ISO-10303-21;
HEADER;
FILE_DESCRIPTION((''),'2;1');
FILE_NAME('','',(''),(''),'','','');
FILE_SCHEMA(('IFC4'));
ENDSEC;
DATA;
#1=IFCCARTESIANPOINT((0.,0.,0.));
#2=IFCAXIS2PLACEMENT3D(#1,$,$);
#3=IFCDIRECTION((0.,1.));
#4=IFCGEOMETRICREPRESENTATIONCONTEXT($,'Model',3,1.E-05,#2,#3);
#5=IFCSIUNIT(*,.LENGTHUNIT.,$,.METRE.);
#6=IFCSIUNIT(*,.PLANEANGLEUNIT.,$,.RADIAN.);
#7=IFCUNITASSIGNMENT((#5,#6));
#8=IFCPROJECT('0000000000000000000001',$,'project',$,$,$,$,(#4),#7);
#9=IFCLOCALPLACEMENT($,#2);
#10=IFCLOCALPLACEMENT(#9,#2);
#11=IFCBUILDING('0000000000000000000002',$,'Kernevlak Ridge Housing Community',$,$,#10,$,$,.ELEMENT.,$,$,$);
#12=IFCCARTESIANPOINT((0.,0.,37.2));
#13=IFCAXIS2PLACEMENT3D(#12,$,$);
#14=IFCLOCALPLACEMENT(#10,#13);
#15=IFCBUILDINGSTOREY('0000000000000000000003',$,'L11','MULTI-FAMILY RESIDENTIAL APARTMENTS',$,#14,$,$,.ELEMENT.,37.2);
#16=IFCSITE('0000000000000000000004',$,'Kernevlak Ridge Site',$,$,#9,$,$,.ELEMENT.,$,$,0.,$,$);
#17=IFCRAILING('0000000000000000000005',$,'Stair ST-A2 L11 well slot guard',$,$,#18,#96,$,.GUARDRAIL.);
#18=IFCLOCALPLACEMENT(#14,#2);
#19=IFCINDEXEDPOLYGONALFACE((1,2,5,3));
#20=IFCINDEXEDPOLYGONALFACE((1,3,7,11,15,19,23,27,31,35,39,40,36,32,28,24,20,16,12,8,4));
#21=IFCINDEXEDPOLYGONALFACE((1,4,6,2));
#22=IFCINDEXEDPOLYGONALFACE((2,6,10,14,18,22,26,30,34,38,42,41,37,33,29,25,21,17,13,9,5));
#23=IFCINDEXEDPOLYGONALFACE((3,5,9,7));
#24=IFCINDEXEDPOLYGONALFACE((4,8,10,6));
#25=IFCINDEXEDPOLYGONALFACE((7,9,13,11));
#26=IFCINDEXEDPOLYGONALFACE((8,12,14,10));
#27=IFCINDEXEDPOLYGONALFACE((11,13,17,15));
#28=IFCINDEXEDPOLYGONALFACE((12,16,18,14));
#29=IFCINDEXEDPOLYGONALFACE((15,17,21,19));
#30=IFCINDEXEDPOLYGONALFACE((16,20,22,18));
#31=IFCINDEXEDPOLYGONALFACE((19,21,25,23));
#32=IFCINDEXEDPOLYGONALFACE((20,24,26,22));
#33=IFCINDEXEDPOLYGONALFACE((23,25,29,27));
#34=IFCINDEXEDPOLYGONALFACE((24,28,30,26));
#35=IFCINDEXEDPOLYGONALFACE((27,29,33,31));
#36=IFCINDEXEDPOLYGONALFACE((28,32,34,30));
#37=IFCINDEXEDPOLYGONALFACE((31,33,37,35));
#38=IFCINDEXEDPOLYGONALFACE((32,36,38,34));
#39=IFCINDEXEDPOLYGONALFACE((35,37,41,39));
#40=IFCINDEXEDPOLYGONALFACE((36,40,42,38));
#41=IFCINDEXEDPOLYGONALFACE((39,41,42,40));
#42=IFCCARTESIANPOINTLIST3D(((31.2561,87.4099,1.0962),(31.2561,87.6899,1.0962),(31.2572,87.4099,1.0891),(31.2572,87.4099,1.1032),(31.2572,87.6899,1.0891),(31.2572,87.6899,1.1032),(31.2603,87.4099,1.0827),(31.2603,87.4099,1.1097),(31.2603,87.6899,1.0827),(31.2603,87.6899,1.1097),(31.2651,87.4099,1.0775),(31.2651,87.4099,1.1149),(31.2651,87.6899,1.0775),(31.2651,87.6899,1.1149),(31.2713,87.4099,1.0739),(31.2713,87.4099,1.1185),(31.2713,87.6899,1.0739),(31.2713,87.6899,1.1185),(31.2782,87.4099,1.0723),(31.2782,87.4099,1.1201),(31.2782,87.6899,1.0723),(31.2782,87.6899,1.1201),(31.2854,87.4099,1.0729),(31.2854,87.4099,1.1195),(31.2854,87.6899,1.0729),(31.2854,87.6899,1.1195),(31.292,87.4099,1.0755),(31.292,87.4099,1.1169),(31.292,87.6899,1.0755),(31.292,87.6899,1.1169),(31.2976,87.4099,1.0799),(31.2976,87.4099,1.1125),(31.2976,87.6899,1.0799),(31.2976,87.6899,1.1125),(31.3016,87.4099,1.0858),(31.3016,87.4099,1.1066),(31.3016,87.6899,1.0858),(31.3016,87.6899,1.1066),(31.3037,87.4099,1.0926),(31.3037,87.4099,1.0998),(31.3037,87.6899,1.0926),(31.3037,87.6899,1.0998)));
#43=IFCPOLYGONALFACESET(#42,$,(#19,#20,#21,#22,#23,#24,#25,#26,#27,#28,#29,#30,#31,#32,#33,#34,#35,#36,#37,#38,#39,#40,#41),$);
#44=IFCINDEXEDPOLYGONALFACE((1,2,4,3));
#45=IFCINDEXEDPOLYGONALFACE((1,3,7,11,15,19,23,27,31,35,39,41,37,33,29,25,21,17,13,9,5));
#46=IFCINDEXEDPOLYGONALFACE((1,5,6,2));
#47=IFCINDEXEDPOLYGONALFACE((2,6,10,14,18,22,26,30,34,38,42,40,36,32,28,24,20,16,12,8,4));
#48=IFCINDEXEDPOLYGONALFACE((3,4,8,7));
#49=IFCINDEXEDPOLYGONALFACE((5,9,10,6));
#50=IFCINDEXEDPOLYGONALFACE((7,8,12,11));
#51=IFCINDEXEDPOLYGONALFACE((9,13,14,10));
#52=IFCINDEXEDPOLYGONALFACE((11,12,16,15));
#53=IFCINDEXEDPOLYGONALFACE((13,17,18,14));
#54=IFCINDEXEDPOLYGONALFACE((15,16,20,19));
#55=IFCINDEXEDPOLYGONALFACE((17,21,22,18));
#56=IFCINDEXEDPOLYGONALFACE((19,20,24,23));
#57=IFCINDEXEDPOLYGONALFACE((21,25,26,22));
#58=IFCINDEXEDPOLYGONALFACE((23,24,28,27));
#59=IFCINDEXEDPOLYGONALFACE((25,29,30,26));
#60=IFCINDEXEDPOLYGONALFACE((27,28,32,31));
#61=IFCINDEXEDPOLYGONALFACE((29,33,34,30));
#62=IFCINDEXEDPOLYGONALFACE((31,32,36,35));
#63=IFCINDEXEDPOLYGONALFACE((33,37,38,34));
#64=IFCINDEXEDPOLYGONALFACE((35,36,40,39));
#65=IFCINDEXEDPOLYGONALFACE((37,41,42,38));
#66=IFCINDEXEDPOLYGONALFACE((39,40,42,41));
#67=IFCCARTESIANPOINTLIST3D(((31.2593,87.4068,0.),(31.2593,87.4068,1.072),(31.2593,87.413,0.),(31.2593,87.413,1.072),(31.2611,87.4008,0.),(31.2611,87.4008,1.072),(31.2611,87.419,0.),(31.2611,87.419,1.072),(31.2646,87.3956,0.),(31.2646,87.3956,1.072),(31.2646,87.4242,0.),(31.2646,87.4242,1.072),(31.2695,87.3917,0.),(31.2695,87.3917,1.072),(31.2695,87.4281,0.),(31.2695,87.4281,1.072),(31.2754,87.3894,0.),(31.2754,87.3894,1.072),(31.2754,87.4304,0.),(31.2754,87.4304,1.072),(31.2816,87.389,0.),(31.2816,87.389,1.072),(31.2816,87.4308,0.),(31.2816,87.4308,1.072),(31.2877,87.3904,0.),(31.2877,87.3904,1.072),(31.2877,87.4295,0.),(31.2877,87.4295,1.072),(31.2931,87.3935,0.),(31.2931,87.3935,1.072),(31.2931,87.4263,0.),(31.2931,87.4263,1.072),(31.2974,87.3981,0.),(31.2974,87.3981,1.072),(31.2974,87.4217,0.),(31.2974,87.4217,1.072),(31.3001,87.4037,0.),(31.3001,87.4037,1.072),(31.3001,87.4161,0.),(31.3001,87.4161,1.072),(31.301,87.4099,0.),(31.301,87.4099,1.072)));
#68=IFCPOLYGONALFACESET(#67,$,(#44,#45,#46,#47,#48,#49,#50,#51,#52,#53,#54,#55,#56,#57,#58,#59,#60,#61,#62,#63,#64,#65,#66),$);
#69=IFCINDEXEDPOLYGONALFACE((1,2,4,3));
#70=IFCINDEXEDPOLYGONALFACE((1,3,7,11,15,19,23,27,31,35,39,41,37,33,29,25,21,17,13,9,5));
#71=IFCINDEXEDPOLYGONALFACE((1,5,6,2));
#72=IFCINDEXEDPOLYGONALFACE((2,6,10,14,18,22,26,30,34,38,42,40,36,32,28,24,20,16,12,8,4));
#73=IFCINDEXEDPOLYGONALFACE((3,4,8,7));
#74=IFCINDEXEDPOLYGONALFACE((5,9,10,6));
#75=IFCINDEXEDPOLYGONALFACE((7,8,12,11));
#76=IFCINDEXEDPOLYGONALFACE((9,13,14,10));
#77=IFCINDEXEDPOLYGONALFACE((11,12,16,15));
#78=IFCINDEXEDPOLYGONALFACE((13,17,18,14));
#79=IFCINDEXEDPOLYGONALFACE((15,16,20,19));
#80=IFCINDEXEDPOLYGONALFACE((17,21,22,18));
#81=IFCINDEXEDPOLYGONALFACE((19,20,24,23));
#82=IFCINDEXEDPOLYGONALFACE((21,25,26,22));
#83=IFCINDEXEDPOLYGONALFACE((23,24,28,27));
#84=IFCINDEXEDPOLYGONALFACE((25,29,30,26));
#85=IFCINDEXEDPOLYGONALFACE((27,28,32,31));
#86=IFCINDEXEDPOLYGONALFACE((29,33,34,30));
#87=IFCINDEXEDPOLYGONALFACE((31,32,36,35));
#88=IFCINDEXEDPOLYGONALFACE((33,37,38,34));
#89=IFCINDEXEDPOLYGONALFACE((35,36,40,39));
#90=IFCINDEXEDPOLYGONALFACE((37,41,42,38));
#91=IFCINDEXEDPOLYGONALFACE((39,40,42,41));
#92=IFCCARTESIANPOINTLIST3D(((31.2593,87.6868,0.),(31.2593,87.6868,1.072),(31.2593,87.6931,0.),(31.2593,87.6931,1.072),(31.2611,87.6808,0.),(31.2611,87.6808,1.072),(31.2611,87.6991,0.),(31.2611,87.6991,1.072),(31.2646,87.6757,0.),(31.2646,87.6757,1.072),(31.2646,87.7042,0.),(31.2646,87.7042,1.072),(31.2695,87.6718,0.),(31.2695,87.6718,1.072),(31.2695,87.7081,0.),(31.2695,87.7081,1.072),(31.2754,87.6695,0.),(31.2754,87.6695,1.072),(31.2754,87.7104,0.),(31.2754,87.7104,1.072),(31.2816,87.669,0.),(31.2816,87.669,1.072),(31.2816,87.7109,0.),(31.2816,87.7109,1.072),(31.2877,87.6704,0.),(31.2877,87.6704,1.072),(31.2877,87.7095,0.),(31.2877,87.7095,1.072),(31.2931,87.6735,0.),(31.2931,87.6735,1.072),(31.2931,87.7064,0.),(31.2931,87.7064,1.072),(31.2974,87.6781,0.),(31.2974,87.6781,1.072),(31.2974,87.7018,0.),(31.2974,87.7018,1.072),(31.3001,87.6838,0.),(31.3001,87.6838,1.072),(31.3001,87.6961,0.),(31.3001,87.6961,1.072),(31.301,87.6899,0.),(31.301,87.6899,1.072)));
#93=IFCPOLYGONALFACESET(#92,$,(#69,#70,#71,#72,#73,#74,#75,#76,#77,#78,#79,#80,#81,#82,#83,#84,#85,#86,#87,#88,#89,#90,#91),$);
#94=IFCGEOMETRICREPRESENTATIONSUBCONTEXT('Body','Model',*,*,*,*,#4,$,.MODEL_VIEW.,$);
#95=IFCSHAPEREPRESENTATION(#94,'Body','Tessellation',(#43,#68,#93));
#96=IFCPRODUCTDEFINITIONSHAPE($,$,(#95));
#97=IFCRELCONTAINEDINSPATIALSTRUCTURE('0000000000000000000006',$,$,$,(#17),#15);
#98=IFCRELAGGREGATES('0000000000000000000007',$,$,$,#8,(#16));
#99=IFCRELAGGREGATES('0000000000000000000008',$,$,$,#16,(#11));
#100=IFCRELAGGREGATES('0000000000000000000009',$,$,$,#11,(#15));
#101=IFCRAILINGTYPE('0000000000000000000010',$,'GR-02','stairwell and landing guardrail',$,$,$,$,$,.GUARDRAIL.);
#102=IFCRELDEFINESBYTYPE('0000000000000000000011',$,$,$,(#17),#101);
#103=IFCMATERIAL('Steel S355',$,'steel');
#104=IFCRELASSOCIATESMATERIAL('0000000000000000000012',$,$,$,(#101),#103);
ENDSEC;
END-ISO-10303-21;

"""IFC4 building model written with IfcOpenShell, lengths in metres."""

from ifc_helpers import new_model, si_unit, direction, frame, origin, origin_2d, place, context, subcontext, project, spatial, circle, extrude, material, type_object, element, save


model = new_model("IFC4")

# Units and contexts
model_context = context("Model", 3, precision=1e-05, world=origin(), true_north=direction((0.0, 1.0)))
body_context = subcontext(model_context, "Body", "Model", "MODEL_VIEW")
ifc_project = project(units=[si_unit("LENGTHUNIT", "METRE"), si_unit("PLANEANGLEUNIT", "RADIAN")], contexts=[model_context])

# Site, building, storey
site_placement = place(None, origin())
site = spatial("IfcSite", under=ifc_project, at=site_placement, Name="Kernevlak Ridge Site", CompositionType="ELEMENT", RefElevation=0.0)
building_placement = place(site_placement, origin())
building = spatial("IfcBuilding", under=site, at=building_placement, Name="Kernevlak Ridge Housing Community", CompositionType="ELEMENT")
storey_placement = place(building_placement, frame((0.0, 0.0, 37.2)))
storey = spatial("IfcBuildingStorey", under=building, at=storey_placement, Name="L11", Description="MULTI-FAMILY RESIDENTIAL APARTMENTS", CompositionType="ELEMENT", Elevation=37.2)

# Railing
ifc_material_1 = material(Name="Steel S355", Category="steel")
railing_type_1 = type_object("IfcRailingType", Name="GR-02", Description="stairwell and landing guardrail", PredefinedType="GUARDRAIL", material=ifc_material_1)
railing_1_placement = place(storey_placement, frame((31.28, 87.4099, 0.0)))
element("IfcRailing", 1, at=railing_1_placement, inside=storey, type_object=railing_type_1, Name="Stair ST-A2 L11 well slot guard", PredefinedType="GUARDRAIL", context=body_context, shape_type="SweptSolid", body=[
    extrude(circle(Radius=0.0239, at=origin_2d()), frame((0.0, 0.0, 1.0962), z_axis=(0.0, 1.0, 0.0), x_axis=(-1.0, 0.0, 0.0)), (0.0, 0.0, 1.0), 0.28),
    extrude(circle(Radius=0.021, at=origin_2d()), origin(), (0.0, 0.0, 1.0), 1.072),
    extrude(circle(Radius=0.021, at=origin_2d()), frame((0.0, 0.28, 0.0)), (0.0, 0.0, 1.0), 1.072),
])

save(model, "model.ifc")
